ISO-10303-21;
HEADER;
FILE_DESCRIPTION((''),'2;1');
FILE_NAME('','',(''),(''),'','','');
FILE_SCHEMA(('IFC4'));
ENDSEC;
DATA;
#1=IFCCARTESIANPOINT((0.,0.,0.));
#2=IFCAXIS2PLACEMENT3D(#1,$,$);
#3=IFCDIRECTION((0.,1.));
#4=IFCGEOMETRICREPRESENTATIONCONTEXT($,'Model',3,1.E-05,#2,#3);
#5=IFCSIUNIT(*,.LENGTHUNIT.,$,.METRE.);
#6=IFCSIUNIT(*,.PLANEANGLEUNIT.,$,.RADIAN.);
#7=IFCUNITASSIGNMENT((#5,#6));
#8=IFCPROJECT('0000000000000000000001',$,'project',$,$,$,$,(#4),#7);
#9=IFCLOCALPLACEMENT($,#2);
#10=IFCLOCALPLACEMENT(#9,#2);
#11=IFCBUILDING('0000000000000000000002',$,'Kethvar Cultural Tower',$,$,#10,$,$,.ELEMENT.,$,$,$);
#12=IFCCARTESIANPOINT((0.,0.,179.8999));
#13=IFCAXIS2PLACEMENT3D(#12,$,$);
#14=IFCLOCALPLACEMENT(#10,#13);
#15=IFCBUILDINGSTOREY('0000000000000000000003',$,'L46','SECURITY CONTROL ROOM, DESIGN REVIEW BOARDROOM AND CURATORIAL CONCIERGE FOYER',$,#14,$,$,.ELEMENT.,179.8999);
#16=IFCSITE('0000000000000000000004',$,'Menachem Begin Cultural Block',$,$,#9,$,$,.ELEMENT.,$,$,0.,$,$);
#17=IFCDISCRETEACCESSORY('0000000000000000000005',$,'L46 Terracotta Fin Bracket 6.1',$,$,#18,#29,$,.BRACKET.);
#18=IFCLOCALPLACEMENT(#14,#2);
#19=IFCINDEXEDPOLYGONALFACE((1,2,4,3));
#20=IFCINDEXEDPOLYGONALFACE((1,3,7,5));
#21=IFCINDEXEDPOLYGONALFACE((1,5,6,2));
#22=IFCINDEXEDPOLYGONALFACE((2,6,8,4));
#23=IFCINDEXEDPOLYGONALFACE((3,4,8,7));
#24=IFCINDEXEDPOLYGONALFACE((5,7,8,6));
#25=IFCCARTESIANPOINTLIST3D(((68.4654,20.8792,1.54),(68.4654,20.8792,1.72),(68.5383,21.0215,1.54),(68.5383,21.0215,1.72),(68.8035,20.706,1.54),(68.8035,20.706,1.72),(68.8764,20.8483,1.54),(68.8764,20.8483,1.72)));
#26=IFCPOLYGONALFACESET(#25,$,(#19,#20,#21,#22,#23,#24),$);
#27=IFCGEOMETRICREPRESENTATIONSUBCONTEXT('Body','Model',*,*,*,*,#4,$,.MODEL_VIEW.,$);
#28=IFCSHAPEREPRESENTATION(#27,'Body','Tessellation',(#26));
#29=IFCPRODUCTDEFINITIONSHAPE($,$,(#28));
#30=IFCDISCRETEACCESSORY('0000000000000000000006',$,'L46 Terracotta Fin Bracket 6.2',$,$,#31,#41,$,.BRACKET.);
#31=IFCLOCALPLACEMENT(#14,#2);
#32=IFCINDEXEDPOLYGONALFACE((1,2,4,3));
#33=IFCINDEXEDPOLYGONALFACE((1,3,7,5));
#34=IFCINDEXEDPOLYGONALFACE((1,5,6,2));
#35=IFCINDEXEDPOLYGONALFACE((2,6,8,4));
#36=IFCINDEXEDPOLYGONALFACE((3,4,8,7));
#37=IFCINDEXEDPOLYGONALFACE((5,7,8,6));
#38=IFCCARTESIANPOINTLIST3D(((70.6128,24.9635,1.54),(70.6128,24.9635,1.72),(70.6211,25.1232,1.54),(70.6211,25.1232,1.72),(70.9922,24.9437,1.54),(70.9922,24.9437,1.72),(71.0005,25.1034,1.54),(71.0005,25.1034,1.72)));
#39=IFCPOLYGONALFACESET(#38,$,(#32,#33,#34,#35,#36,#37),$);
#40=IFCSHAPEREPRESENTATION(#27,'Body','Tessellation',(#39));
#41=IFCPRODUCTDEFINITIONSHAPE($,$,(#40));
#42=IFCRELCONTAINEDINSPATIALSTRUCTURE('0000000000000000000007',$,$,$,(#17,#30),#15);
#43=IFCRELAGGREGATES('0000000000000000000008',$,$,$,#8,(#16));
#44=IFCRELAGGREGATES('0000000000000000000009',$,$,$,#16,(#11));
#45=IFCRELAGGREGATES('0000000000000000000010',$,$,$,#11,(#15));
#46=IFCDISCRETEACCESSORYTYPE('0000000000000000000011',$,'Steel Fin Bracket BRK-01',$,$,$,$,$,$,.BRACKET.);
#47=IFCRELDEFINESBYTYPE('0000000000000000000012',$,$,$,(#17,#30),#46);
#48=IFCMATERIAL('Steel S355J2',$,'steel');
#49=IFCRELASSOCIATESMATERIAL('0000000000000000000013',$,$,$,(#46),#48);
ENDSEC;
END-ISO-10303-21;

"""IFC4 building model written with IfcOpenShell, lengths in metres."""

from ifc_helpers import new_model, si_unit, direction, frame, origin, origin_2d, place, context, subcontext, project, spatial, rectangle, extrude, source, transform, mapped, material, type_object, element, save


model = new_model("IFC4")

# Units and contexts
model_context = context("Model", 3, precision=1e-05, world=origin(), true_north=direction((0.0, 1.0)))
body_context = subcontext(model_context, "Body", "Model", "MODEL_VIEW")
ifc_project = project(units=[si_unit("LENGTHUNIT", "METRE"), si_unit("PLANEANGLEUNIT", "RADIAN")], contexts=[model_context])

# Site, building, storey
site_placement = place(None, origin())
site = spatial("IfcSite", under=ifc_project, at=site_placement, Name="Menachem Begin Cultural Block", CompositionType="ELEMENT", RefElevation=0.0)
building_placement = place(site_placement, origin())
building = spatial("IfcBuilding", under=site, at=building_placement, Name="Kethvar Cultural Tower", CompositionType="ELEMENT")
storey_placement = place(building_placement, frame((0.0, 0.0, 179.8999)))
storey = spatial("IfcBuildingStorey", under=building, at=storey_placement, Name="L46", Description="SECURITY CONTROL ROOM, DESIGN REVIEW BOARDROOM AND CURATORIAL CONCIERGE FOYER", CompositionType="ELEMENT", Elevation=179.8999)

# Shared definitions
ifc_material_1 = material(Name="Steel S355J2", Category="steel")

# Discrete accessories
discrete_accessory_type = type_object("IfcDiscreteAccessoryType", Name="Steel Fin Bracket BRK-01", PredefinedType="BRACKET", material=ifc_material_1)
shared_shape_1 = source(origin(), body_context, "Body", "SweptSolid", [
    extrude(rectangle(XDim=0.3799, YDim=0.1599, at=origin_2d()), origin(), (0.0, 0.0, 1.0), 0.1799),
])
for number, where, z_axis, x_axis, name in (
    (1, (68.6709, 20.8638, 1.54), (0.0, 0.0, 1.0), (0.889974, -0.456011, 0.0), "L46 Terracotta Fin Bracket 6.1"),
    (2, (70.8066, 25.0334, 1.54), (0.0, 0.0, 1.0), (0.998639, -0.052162, 0.0), "L46 Terracotta Fin Bracket 6.2"),
):
    element("IfcDiscreteAccessory", number, at=place(storey_placement, frame(where, z_axis=z_axis, x_axis=x_axis)), inside=storey, type_object=discrete_accessory_type, Name=name, PredefinedType="BRACKET", context=body_context, shape_type="MappedRepresentation", body=[
        mapped(shared_shape_1, transform((0.0, 0.0, 0.0), scale=1.0)),
    ])

save(model, "model.ifc")
